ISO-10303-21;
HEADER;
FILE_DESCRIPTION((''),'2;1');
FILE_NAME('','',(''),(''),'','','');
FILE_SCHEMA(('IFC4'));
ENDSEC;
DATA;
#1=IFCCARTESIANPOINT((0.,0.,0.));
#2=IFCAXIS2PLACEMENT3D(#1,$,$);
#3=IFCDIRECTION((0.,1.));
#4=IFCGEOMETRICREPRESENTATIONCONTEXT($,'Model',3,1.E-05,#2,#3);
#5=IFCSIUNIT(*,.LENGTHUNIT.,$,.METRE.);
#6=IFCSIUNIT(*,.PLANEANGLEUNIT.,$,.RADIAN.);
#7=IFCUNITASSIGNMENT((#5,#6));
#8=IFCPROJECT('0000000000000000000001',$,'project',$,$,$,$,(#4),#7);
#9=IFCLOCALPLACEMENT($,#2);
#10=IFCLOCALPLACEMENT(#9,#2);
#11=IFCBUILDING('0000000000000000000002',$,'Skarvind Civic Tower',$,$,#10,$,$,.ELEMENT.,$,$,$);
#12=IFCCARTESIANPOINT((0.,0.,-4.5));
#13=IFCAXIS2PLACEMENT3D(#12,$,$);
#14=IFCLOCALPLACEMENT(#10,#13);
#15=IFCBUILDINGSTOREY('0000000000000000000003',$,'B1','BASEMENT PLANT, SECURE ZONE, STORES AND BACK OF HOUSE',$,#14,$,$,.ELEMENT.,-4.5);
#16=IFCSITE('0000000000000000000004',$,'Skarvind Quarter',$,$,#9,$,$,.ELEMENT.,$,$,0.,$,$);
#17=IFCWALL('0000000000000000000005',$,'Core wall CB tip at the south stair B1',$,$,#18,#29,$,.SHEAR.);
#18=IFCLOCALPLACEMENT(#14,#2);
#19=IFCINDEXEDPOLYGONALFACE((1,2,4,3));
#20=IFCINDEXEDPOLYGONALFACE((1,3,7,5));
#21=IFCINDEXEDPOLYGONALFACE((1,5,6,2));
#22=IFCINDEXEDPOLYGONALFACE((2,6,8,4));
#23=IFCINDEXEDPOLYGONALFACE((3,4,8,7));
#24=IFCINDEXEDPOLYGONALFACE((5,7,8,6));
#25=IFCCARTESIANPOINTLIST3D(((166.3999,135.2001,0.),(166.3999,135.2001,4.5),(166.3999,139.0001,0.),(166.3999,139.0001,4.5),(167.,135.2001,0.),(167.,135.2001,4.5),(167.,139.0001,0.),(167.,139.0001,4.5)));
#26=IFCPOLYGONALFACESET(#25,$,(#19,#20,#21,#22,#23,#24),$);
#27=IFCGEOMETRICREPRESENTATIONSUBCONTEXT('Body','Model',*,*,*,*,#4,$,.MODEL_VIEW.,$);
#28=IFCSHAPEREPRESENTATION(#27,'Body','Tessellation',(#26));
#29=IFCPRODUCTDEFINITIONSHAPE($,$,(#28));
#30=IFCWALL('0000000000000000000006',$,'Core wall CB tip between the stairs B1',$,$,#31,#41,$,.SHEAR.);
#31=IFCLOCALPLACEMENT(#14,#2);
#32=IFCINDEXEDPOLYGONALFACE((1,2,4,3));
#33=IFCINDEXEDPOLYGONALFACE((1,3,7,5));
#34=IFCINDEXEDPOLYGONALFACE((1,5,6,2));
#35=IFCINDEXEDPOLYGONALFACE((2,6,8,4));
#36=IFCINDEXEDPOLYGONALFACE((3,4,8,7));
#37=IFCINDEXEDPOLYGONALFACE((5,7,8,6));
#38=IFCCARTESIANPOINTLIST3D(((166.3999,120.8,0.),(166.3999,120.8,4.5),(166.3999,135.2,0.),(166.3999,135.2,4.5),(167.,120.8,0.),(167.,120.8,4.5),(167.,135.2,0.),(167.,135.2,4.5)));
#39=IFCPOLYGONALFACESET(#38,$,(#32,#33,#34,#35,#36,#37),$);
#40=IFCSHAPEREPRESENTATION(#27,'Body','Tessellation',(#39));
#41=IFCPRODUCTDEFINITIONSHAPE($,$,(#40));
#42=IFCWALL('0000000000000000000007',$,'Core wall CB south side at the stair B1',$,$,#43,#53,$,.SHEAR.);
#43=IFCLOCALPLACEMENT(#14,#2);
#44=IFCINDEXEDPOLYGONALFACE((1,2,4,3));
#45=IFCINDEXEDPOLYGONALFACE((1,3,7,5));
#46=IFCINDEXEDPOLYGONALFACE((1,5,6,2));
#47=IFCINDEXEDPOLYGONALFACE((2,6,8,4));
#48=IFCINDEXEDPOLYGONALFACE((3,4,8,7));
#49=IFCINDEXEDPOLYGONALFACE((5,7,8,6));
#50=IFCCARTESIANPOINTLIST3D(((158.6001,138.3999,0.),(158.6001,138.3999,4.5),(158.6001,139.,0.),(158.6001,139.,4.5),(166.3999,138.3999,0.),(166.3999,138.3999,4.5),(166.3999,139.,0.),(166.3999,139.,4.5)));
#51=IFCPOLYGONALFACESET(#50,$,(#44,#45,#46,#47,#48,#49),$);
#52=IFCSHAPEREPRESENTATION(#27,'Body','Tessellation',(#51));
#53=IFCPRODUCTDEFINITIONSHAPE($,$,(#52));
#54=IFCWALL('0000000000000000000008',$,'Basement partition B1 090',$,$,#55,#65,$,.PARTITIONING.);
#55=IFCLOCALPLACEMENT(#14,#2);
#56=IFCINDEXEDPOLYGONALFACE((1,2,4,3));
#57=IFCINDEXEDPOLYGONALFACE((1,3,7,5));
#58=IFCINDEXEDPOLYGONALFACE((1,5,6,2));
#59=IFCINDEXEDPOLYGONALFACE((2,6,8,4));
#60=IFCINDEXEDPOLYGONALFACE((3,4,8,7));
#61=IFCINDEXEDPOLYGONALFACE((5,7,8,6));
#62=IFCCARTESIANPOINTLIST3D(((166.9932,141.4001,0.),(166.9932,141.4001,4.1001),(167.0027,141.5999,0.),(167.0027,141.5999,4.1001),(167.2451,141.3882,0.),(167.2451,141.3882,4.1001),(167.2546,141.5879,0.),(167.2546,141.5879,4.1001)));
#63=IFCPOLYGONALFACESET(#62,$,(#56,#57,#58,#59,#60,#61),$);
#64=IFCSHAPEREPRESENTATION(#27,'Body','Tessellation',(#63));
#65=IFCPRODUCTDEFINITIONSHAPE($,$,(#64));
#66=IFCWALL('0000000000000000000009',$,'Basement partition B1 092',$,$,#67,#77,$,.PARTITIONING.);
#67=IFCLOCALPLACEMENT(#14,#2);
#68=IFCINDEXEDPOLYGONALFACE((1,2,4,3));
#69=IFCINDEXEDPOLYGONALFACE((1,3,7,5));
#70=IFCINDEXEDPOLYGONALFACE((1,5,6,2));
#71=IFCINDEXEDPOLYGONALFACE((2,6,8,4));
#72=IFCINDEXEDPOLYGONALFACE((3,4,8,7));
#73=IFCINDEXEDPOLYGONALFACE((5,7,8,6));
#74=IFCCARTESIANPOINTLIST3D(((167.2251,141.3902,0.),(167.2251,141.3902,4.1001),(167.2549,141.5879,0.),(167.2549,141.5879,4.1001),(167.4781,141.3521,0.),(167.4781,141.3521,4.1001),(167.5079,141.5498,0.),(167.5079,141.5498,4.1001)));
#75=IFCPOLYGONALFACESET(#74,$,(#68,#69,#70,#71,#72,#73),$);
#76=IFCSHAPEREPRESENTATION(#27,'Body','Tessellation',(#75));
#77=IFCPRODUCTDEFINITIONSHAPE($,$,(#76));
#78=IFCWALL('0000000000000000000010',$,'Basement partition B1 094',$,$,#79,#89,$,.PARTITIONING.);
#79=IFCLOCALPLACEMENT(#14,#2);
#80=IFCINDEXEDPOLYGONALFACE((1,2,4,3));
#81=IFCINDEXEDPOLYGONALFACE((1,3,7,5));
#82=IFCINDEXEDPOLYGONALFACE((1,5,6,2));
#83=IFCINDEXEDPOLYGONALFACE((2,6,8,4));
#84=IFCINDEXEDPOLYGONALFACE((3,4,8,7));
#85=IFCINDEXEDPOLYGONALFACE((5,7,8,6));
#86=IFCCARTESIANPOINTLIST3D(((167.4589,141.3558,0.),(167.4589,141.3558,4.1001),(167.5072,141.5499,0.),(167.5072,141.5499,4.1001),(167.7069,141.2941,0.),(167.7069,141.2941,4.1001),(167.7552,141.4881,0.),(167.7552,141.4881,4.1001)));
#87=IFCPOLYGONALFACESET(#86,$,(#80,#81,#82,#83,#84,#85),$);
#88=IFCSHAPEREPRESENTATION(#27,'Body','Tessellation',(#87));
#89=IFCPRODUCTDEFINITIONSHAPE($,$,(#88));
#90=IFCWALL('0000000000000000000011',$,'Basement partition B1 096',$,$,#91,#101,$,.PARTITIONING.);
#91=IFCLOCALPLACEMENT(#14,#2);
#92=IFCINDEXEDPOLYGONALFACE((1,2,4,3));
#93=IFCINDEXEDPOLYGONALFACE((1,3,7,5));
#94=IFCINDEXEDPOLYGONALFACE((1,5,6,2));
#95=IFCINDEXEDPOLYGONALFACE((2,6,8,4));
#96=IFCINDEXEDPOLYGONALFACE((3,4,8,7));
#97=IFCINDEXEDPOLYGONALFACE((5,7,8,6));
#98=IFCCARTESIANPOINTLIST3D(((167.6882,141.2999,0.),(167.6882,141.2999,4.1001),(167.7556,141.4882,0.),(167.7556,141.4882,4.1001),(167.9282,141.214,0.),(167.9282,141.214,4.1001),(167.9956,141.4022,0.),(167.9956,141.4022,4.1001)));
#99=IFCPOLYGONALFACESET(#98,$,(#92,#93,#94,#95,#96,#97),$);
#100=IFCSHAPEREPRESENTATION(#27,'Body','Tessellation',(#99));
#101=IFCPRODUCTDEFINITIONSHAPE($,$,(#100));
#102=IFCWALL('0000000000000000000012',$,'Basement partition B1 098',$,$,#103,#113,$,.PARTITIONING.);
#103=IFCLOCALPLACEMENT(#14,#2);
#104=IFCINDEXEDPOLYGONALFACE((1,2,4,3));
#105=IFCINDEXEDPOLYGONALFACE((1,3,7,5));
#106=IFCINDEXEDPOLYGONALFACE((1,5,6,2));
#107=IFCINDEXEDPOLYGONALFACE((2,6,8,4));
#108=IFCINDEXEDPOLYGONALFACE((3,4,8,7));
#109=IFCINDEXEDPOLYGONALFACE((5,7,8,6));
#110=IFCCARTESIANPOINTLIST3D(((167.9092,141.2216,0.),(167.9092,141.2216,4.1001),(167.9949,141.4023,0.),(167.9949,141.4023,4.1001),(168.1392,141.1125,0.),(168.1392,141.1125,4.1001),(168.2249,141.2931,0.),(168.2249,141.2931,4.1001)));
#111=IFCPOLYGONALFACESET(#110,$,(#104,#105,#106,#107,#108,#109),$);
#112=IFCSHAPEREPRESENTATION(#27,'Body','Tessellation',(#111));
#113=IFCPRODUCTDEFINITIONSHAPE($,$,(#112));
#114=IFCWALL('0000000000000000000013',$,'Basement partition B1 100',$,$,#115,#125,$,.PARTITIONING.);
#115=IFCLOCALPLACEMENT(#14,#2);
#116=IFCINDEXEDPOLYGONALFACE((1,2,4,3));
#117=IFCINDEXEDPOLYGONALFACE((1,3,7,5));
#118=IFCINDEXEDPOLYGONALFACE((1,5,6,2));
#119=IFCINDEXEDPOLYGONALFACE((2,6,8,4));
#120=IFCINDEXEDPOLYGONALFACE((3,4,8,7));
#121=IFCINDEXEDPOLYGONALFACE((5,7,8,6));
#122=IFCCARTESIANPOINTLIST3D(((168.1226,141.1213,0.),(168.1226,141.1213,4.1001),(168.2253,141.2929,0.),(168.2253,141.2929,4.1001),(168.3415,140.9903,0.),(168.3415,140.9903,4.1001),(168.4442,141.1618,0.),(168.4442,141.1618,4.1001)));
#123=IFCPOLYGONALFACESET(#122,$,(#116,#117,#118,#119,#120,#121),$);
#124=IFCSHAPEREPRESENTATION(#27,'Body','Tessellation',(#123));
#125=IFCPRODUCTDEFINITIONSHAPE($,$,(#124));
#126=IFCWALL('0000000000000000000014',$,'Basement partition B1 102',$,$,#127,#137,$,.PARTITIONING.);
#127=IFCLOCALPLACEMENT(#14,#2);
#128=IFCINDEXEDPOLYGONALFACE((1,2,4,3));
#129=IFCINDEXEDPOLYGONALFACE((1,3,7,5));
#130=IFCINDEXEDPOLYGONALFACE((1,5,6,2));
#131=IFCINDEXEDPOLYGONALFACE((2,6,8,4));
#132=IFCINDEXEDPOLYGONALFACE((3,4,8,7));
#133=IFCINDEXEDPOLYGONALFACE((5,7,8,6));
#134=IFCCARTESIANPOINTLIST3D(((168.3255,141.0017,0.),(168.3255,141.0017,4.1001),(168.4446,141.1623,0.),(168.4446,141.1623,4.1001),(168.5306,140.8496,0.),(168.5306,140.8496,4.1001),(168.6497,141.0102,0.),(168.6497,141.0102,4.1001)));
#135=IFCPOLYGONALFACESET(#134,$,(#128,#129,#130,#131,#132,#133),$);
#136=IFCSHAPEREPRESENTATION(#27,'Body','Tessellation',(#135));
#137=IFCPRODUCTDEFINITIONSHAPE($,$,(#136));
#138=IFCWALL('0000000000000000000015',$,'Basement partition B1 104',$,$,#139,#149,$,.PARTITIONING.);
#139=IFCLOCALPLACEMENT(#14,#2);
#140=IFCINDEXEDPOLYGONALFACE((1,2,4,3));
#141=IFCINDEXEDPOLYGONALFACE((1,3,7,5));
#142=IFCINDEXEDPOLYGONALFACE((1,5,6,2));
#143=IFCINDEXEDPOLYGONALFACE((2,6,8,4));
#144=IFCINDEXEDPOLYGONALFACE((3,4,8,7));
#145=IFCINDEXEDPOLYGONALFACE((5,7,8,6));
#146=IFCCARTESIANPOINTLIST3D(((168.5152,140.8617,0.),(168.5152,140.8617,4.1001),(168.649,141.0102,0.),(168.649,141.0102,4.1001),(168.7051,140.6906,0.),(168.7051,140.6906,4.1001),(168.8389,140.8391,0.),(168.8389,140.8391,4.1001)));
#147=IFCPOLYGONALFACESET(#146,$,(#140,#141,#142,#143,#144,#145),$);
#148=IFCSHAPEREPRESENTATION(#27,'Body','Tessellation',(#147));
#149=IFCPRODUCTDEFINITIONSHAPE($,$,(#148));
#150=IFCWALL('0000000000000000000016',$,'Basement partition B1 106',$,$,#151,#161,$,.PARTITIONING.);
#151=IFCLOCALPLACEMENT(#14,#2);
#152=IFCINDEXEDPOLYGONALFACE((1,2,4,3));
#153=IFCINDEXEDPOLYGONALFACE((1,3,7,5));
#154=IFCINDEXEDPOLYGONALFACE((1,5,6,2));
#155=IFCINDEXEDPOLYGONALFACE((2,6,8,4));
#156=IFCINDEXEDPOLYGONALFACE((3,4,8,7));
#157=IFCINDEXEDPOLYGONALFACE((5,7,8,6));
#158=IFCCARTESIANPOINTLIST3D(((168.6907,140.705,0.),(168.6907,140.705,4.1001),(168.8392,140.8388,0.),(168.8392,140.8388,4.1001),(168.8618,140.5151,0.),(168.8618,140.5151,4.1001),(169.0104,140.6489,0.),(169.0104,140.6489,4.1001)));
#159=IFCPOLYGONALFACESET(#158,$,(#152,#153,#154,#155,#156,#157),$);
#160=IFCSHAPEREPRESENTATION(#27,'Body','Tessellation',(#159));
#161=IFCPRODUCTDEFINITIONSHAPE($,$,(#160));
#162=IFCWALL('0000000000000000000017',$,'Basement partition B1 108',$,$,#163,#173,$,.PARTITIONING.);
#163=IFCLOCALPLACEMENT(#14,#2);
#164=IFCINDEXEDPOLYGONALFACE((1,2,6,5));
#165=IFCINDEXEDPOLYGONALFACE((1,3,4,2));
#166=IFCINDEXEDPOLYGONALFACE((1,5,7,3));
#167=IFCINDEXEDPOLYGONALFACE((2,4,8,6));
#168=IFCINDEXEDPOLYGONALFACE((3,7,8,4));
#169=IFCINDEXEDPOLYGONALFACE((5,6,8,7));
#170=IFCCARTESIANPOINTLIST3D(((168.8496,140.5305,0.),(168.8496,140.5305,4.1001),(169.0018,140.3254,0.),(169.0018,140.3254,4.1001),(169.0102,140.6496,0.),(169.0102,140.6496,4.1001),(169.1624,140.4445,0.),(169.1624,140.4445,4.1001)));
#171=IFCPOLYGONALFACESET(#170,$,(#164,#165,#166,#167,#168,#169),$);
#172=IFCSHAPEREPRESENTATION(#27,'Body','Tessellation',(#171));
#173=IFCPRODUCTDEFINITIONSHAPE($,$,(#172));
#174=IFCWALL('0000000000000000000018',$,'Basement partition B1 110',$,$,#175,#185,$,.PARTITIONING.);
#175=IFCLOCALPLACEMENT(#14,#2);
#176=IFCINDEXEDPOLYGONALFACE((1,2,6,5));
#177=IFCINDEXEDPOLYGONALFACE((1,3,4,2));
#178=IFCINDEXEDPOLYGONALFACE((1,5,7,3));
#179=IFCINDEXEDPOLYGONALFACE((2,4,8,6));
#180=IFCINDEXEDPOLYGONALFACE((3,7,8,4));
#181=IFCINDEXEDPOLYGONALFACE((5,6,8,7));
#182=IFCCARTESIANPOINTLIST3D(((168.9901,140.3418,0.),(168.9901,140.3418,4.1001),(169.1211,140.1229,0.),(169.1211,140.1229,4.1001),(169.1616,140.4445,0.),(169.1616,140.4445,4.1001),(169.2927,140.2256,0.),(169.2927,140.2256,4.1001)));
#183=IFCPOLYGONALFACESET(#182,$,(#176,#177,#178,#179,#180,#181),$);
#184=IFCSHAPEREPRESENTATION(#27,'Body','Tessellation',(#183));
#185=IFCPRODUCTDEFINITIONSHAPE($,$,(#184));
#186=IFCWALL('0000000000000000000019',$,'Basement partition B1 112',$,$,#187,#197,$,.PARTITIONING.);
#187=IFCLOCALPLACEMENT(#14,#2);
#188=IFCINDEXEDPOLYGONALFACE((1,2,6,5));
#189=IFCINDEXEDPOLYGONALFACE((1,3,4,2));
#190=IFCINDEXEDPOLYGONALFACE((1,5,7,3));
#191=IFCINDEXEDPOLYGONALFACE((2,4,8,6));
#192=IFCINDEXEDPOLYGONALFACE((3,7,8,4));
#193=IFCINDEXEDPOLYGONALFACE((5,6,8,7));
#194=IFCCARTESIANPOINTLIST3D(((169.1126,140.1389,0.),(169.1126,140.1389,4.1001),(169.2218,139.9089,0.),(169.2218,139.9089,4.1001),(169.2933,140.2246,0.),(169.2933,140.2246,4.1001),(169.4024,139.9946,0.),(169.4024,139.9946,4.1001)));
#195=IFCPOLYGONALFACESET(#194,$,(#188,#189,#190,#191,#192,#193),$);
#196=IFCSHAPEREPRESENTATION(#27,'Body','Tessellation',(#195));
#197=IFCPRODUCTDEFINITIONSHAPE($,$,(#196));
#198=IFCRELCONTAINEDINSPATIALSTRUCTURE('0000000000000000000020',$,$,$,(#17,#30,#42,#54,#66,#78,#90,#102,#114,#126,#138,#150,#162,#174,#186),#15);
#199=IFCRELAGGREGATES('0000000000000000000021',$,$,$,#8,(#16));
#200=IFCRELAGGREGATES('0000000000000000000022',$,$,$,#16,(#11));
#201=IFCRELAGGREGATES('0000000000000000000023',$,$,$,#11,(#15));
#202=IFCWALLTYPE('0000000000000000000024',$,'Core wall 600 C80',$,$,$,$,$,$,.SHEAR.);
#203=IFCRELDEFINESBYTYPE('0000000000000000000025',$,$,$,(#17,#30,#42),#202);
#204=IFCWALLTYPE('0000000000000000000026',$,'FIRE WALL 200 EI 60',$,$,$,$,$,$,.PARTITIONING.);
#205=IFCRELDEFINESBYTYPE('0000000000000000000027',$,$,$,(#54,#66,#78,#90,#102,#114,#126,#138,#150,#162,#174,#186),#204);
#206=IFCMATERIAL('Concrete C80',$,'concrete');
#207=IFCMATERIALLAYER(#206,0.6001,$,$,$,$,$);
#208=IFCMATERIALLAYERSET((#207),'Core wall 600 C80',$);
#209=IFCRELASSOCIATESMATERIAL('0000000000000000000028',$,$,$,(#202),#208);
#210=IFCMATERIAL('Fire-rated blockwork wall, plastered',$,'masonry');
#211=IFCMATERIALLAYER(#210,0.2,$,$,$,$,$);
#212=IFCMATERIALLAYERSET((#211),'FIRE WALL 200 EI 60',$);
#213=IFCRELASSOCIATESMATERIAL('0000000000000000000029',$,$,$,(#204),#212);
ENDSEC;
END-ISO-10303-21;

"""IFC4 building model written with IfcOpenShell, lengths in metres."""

from ifc_helpers import new_model, si_unit, direction, frame, frame_2d, origin, place, context, subcontext, project, spatial, rectangle, extrude, material, layer, layer_set, type_object, element, save


model = new_model("IFC4")

# Units and contexts
model_context = context("Model", 3, precision=1e-05, world=origin(), true_north=direction((0.0, 1.0)))
body_context = subcontext(model_context, "Body", "Model", "MODEL_VIEW")
ifc_project = project(units=[si_unit("LENGTHUNIT", "METRE"), si_unit("PLANEANGLEUNIT", "RADIAN")], contexts=[model_context])

# Site, building, storey
site_placement = place(None, origin())
site = spatial("IfcSite", under=ifc_project, at=site_placement, Name="Skarvind Quarter", CompositionType="ELEMENT", RefElevation=0.0)
building_placement = place(site_placement, origin())
building = spatial("IfcBuilding", under=site, at=building_placement, Name="Skarvind Civic Tower", CompositionType="ELEMENT")
storey_placement = place(building_placement, frame((0.0, 0.0, -4.5)))
storey = spatial("IfcBuildingStorey", under=building, at=storey_placement, Name="B1", Description="BASEMENT PLANT, SECURE ZONE, STORES AND BACK OF HOUSE", CompositionType="ELEMENT", Elevation=-4.5)

# Walls
ifc_material_1 = material(Name="Concrete C80", Category="concrete")
ifc_layer_1 = layer(ifc_material_1, 0.6001)
ifc_layer_set_1 = layer_set([ifc_layer_1], Name="Core wall 600 C80")
wall_type_1 = type_object("IfcWallType", Name="Core wall 600 C80", PredefinedType="SHEAR", material=ifc_layer_set_1)
wall_1_placement = place(storey_placement, frame((166.7, 139.0, 0.0), z_axis=(0.0, 0.0, 1.0), x_axis=(0.0, -1.0, 0.0)))
element("IfcWall", 1, at=wall_1_placement, inside=storey, type_object=wall_type_1, Name="Core wall CB tip at the south stair B1", PredefinedType="SHEAR", context=body_context, shape_type="SweptSolid", body=[
    extrude(rectangle(XDim=3.8, YDim=0.6001, at=frame_2d((1.8999, 0.0))), origin(), (0.0, 0.0, 1.0), 4.5),
])
wall_2_placement = place(storey_placement, frame((166.7, 135.2, 0.0), z_axis=(0.0, 0.0, 1.0), x_axis=(0.0, -1.0, 0.0)))
element("IfcWall", 2, at=wall_2_placement, inside=storey, type_object=wall_type_1, Name="Core wall CB tip between the stairs B1", PredefinedType="SHEAR", context=body_context, shape_type="SweptSolid", body=[
    extrude(rectangle(XDim=14.3999, YDim=0.6001, at=frame_2d((7.2, 0.0))), origin(), (0.0, 0.0, 1.0), 4.5),
])
wall_3_placement = place(storey_placement, frame((166.3999, 138.7, 0.0), z_axis=(0.0, 0.0, 1.0), x_axis=(-1.0, 0.0, 0.0)))
element("IfcWall", 3, at=wall_3_placement, inside=storey, type_object=wall_type_1, Name="Core wall CB south side at the stair B1", PredefinedType="SHEAR", context=body_context, shape_type="SweptSolid", body=[
    extrude(rectangle(XDim=7.7998, YDim=0.6001, at=frame_2d((3.8999, 0.0))), origin(), (0.0, 0.0, 1.0), 4.5),
])
ifc_material_2 = material(Name="Fire-rated blockwork wall, plastered", Category="masonry")
ifc_layer_2 = layer(ifc_material_2, 0.2)
ifc_layer_set_2 = layer_set([ifc_layer_2], Name="FIRE WALL 200 EI 60")
wall_type_2 = type_object("IfcWallType", Name="FIRE WALL 200 EI 60", PredefinedType="PARTITIONING", material=ifc_layer_set_2)
wall_4_placement = place(storey_placement, frame((166.998, 141.5, 0.0), z_axis=(0.0, 0.0, 1.0), x_axis=(0.998875, -0.047427, 0.0)))
element("IfcWall", 4, at=wall_4_placement, inside=storey, type_object=wall_type_2, Name="Basement partition B1 090", PredefinedType="PARTITIONING", context=body_context, shape_type="SweptSolid", body=[
    extrude(rectangle(XDim=0.2522, YDim=0.2, at=frame_2d((0.126, 0.0))), origin(), (0.0, 0.0, 1.0), 4.1001),
])
wall_5_placement = place(storey_placement, frame((167.24, 141.489, 0.0), z_axis=(0.0, 0.0, 1.0), x_axis=(0.988852, -0.148901, 0.0)))
element("IfcWall", 5, at=wall_5_placement, inside=storey, type_object=wall_type_2, Name="Basement partition B1 092", PredefinedType="PARTITIONING", context=body_context, shape_type="SweptSolid", body=[
    extrude(rectangle(XDim=0.2559, YDim=0.2, at=frame_2d((0.1279, 0.0))), origin(), (0.0, 0.0, 1.0), 4.1001),
])
wall_6_placement = place(storey_placement, frame((167.4829, 141.4529, 0.0), z_axis=(0.0, 0.0, 1.0), x_axis=(0.970367, -0.241637, 0.0)))
element("IfcWall", 6, at=wall_6_placement, inside=storey, type_object=wall_type_2, Name="Basement partition B1 094", PredefinedType="PARTITIONING", context=body_context, shape_type="SweptSolid", body=[
    extrude(rectangle(XDim=0.2556, YDim=0.2, at=frame_2d((0.1279, 0.0))), origin(), (0.0, 0.0, 1.0), 4.1001),
])
wall_7_placement = place(storey_placement, frame((167.7219, 141.394, 0.0), z_axis=(0.0, 0.0, 1.0), x_axis=(0.94146, -0.337125, 0.0)))
element("IfcWall", 7, at=wall_7_placement, inside=storey, type_object=wall_type_2, Name="Basement partition B1 096", PredefinedType="PARTITIONING", context=body_context, shape_type="SweptSolid", body=[
    extrude(rectangle(XDim=0.2549, YDim=0.2, at=frame_2d((0.1274, 0.0))), origin(), (0.0, 0.0, 1.0), 4.1001),
])
wall_8_placement = place(storey_placement, frame((167.9519, 141.312, 0.0), z_axis=(0.0, 0.0, 1.0), x_axis=(0.903445, -0.428705, 0.0)))
element("IfcWall", 8, at=wall_8_placement, inside=storey, type_object=wall_type_2, Name="Basement partition B1 098", PredefinedType="PARTITIONING", context=body_context, shape_type="SweptSolid", body=[
    extrude(rectangle(XDim=0.2546, YDim=0.2, at=frame_2d((0.1274, 0.0))), origin(), (0.0, 0.0, 1.0), 4.1001),
])
wall_9_placement = place(storey_placement, frame((168.1741, 141.207, 0.0), z_axis=(0.0, 0.0, 1.0), x_axis=(0.857999, -0.513652, 0.0)))
element("IfcWall", 9, at=wall_9_placement, inside=storey, type_object=wall_type_2, Name="Basement partition B1 100", PredefinedType="PARTITIONING", context=body_context, shape_type="SweptSolid", body=[
    extrude(rectangle(XDim=0.2551, YDim=0.2, at=frame_2d((0.1274, 0.0))), origin(), (0.0, 0.0, 1.0), 4.1001),
])
wall_10_placement = place(storey_placement, frame((168.385, 141.082, 0.0), z_axis=(0.0, 0.0, 1.0), x_axis=(0.803201, -0.595708, 0.0)))
element("IfcWall", 10, at=wall_10_placement, inside=storey, type_object=wall_type_2, Name="Basement partition B1 102", PredefinedType="PARTITIONING", context=body_context, shape_type="SweptSolid", body=[
    extrude(rectangle(XDim=0.2554, YDim=0.2, at=frame_2d((0.1277, 0.0))), origin(), (0.0, 0.0, 1.0), 4.1001),
])
for number, where, z_axis, x_axis, name in (
    (11, (168.582, 140.936, 0.0), (0.0, 0.0, 1.0), (0.742914, -0.669387, 0.0), "Basement partition B1 104"),
    (12, (168.7649, 140.772, 0.0), (0.0, 0.0, 1.0), (0.669387, -0.742914, 0.0), "Basement partition B1 106"),
):
    element("IfcWall", number, at=place(storey_placement, frame(where, z_axis=z_axis, x_axis=x_axis)), inside=storey, type_object=wall_type_2, Name=name, PredefinedType="PARTITIONING", context=body_context, shape_type="SweptSolid", body=[
        extrude(rectangle(XDim=0.2556, YDim=0.2, at=frame_2d((0.1279, 0.0))), origin(), (0.0, 0.0, 1.0), 4.1001),
    ])
wall_11_placement = place(storey_placement, frame((168.9299, 140.5901, 0.0), z_axis=(0.0, 0.0, 1.0), x_axis=(0.595708, -0.803201, 0.0)))
element("IfcWall", 13, at=wall_11_placement, inside=storey, type_object=wall_type_2, Name="Basement partition B1 108", PredefinedType="PARTITIONING", context=body_context, shape_type="SweptSolid", body=[
    extrude(rectangle(XDim=0.2554, YDim=0.2, at=frame_2d((0.1277, 0.0))), origin(), (0.0, 0.0, 1.0), 4.1001),
])
wall_12_placement = place(storey_placement, frame((169.0759, 140.3931, 0.0), z_axis=(0.0, 0.0, 1.0), x_axis=(0.513652, -0.857999, 0.0)))
element("IfcWall", 14, at=wall_12_placement, inside=storey, type_object=wall_type_2, Name="Basement partition B1 110", PredefinedType="PARTITIONING", context=body_context, shape_type="SweptSolid", body=[
    extrude(rectangle(XDim=0.2551, YDim=0.2, at=frame_2d((0.1274, 0.0))), origin(), (0.0, 0.0, 1.0), 4.1001),
])
wall_13_placement = place(storey_placement, frame((169.2029, 140.1819, 0.0), z_axis=(0.0, 0.0, 1.0), x_axis=(0.428705, -0.903445, 0.0)))
element("IfcWall", 15, at=wall_13_placement, inside=storey, type_object=wall_type_2, Name="Basement partition B1 112", PredefinedType="PARTITIONING", context=body_context, shape_type="SweptSolid", body=[
    extrude(rectangle(XDim=0.2546, YDim=0.2, at=frame_2d((0.1274, 0.0))), origin(), (0.0, 0.0, 1.0), 4.1001),
])

save(model, "model.ifc")
